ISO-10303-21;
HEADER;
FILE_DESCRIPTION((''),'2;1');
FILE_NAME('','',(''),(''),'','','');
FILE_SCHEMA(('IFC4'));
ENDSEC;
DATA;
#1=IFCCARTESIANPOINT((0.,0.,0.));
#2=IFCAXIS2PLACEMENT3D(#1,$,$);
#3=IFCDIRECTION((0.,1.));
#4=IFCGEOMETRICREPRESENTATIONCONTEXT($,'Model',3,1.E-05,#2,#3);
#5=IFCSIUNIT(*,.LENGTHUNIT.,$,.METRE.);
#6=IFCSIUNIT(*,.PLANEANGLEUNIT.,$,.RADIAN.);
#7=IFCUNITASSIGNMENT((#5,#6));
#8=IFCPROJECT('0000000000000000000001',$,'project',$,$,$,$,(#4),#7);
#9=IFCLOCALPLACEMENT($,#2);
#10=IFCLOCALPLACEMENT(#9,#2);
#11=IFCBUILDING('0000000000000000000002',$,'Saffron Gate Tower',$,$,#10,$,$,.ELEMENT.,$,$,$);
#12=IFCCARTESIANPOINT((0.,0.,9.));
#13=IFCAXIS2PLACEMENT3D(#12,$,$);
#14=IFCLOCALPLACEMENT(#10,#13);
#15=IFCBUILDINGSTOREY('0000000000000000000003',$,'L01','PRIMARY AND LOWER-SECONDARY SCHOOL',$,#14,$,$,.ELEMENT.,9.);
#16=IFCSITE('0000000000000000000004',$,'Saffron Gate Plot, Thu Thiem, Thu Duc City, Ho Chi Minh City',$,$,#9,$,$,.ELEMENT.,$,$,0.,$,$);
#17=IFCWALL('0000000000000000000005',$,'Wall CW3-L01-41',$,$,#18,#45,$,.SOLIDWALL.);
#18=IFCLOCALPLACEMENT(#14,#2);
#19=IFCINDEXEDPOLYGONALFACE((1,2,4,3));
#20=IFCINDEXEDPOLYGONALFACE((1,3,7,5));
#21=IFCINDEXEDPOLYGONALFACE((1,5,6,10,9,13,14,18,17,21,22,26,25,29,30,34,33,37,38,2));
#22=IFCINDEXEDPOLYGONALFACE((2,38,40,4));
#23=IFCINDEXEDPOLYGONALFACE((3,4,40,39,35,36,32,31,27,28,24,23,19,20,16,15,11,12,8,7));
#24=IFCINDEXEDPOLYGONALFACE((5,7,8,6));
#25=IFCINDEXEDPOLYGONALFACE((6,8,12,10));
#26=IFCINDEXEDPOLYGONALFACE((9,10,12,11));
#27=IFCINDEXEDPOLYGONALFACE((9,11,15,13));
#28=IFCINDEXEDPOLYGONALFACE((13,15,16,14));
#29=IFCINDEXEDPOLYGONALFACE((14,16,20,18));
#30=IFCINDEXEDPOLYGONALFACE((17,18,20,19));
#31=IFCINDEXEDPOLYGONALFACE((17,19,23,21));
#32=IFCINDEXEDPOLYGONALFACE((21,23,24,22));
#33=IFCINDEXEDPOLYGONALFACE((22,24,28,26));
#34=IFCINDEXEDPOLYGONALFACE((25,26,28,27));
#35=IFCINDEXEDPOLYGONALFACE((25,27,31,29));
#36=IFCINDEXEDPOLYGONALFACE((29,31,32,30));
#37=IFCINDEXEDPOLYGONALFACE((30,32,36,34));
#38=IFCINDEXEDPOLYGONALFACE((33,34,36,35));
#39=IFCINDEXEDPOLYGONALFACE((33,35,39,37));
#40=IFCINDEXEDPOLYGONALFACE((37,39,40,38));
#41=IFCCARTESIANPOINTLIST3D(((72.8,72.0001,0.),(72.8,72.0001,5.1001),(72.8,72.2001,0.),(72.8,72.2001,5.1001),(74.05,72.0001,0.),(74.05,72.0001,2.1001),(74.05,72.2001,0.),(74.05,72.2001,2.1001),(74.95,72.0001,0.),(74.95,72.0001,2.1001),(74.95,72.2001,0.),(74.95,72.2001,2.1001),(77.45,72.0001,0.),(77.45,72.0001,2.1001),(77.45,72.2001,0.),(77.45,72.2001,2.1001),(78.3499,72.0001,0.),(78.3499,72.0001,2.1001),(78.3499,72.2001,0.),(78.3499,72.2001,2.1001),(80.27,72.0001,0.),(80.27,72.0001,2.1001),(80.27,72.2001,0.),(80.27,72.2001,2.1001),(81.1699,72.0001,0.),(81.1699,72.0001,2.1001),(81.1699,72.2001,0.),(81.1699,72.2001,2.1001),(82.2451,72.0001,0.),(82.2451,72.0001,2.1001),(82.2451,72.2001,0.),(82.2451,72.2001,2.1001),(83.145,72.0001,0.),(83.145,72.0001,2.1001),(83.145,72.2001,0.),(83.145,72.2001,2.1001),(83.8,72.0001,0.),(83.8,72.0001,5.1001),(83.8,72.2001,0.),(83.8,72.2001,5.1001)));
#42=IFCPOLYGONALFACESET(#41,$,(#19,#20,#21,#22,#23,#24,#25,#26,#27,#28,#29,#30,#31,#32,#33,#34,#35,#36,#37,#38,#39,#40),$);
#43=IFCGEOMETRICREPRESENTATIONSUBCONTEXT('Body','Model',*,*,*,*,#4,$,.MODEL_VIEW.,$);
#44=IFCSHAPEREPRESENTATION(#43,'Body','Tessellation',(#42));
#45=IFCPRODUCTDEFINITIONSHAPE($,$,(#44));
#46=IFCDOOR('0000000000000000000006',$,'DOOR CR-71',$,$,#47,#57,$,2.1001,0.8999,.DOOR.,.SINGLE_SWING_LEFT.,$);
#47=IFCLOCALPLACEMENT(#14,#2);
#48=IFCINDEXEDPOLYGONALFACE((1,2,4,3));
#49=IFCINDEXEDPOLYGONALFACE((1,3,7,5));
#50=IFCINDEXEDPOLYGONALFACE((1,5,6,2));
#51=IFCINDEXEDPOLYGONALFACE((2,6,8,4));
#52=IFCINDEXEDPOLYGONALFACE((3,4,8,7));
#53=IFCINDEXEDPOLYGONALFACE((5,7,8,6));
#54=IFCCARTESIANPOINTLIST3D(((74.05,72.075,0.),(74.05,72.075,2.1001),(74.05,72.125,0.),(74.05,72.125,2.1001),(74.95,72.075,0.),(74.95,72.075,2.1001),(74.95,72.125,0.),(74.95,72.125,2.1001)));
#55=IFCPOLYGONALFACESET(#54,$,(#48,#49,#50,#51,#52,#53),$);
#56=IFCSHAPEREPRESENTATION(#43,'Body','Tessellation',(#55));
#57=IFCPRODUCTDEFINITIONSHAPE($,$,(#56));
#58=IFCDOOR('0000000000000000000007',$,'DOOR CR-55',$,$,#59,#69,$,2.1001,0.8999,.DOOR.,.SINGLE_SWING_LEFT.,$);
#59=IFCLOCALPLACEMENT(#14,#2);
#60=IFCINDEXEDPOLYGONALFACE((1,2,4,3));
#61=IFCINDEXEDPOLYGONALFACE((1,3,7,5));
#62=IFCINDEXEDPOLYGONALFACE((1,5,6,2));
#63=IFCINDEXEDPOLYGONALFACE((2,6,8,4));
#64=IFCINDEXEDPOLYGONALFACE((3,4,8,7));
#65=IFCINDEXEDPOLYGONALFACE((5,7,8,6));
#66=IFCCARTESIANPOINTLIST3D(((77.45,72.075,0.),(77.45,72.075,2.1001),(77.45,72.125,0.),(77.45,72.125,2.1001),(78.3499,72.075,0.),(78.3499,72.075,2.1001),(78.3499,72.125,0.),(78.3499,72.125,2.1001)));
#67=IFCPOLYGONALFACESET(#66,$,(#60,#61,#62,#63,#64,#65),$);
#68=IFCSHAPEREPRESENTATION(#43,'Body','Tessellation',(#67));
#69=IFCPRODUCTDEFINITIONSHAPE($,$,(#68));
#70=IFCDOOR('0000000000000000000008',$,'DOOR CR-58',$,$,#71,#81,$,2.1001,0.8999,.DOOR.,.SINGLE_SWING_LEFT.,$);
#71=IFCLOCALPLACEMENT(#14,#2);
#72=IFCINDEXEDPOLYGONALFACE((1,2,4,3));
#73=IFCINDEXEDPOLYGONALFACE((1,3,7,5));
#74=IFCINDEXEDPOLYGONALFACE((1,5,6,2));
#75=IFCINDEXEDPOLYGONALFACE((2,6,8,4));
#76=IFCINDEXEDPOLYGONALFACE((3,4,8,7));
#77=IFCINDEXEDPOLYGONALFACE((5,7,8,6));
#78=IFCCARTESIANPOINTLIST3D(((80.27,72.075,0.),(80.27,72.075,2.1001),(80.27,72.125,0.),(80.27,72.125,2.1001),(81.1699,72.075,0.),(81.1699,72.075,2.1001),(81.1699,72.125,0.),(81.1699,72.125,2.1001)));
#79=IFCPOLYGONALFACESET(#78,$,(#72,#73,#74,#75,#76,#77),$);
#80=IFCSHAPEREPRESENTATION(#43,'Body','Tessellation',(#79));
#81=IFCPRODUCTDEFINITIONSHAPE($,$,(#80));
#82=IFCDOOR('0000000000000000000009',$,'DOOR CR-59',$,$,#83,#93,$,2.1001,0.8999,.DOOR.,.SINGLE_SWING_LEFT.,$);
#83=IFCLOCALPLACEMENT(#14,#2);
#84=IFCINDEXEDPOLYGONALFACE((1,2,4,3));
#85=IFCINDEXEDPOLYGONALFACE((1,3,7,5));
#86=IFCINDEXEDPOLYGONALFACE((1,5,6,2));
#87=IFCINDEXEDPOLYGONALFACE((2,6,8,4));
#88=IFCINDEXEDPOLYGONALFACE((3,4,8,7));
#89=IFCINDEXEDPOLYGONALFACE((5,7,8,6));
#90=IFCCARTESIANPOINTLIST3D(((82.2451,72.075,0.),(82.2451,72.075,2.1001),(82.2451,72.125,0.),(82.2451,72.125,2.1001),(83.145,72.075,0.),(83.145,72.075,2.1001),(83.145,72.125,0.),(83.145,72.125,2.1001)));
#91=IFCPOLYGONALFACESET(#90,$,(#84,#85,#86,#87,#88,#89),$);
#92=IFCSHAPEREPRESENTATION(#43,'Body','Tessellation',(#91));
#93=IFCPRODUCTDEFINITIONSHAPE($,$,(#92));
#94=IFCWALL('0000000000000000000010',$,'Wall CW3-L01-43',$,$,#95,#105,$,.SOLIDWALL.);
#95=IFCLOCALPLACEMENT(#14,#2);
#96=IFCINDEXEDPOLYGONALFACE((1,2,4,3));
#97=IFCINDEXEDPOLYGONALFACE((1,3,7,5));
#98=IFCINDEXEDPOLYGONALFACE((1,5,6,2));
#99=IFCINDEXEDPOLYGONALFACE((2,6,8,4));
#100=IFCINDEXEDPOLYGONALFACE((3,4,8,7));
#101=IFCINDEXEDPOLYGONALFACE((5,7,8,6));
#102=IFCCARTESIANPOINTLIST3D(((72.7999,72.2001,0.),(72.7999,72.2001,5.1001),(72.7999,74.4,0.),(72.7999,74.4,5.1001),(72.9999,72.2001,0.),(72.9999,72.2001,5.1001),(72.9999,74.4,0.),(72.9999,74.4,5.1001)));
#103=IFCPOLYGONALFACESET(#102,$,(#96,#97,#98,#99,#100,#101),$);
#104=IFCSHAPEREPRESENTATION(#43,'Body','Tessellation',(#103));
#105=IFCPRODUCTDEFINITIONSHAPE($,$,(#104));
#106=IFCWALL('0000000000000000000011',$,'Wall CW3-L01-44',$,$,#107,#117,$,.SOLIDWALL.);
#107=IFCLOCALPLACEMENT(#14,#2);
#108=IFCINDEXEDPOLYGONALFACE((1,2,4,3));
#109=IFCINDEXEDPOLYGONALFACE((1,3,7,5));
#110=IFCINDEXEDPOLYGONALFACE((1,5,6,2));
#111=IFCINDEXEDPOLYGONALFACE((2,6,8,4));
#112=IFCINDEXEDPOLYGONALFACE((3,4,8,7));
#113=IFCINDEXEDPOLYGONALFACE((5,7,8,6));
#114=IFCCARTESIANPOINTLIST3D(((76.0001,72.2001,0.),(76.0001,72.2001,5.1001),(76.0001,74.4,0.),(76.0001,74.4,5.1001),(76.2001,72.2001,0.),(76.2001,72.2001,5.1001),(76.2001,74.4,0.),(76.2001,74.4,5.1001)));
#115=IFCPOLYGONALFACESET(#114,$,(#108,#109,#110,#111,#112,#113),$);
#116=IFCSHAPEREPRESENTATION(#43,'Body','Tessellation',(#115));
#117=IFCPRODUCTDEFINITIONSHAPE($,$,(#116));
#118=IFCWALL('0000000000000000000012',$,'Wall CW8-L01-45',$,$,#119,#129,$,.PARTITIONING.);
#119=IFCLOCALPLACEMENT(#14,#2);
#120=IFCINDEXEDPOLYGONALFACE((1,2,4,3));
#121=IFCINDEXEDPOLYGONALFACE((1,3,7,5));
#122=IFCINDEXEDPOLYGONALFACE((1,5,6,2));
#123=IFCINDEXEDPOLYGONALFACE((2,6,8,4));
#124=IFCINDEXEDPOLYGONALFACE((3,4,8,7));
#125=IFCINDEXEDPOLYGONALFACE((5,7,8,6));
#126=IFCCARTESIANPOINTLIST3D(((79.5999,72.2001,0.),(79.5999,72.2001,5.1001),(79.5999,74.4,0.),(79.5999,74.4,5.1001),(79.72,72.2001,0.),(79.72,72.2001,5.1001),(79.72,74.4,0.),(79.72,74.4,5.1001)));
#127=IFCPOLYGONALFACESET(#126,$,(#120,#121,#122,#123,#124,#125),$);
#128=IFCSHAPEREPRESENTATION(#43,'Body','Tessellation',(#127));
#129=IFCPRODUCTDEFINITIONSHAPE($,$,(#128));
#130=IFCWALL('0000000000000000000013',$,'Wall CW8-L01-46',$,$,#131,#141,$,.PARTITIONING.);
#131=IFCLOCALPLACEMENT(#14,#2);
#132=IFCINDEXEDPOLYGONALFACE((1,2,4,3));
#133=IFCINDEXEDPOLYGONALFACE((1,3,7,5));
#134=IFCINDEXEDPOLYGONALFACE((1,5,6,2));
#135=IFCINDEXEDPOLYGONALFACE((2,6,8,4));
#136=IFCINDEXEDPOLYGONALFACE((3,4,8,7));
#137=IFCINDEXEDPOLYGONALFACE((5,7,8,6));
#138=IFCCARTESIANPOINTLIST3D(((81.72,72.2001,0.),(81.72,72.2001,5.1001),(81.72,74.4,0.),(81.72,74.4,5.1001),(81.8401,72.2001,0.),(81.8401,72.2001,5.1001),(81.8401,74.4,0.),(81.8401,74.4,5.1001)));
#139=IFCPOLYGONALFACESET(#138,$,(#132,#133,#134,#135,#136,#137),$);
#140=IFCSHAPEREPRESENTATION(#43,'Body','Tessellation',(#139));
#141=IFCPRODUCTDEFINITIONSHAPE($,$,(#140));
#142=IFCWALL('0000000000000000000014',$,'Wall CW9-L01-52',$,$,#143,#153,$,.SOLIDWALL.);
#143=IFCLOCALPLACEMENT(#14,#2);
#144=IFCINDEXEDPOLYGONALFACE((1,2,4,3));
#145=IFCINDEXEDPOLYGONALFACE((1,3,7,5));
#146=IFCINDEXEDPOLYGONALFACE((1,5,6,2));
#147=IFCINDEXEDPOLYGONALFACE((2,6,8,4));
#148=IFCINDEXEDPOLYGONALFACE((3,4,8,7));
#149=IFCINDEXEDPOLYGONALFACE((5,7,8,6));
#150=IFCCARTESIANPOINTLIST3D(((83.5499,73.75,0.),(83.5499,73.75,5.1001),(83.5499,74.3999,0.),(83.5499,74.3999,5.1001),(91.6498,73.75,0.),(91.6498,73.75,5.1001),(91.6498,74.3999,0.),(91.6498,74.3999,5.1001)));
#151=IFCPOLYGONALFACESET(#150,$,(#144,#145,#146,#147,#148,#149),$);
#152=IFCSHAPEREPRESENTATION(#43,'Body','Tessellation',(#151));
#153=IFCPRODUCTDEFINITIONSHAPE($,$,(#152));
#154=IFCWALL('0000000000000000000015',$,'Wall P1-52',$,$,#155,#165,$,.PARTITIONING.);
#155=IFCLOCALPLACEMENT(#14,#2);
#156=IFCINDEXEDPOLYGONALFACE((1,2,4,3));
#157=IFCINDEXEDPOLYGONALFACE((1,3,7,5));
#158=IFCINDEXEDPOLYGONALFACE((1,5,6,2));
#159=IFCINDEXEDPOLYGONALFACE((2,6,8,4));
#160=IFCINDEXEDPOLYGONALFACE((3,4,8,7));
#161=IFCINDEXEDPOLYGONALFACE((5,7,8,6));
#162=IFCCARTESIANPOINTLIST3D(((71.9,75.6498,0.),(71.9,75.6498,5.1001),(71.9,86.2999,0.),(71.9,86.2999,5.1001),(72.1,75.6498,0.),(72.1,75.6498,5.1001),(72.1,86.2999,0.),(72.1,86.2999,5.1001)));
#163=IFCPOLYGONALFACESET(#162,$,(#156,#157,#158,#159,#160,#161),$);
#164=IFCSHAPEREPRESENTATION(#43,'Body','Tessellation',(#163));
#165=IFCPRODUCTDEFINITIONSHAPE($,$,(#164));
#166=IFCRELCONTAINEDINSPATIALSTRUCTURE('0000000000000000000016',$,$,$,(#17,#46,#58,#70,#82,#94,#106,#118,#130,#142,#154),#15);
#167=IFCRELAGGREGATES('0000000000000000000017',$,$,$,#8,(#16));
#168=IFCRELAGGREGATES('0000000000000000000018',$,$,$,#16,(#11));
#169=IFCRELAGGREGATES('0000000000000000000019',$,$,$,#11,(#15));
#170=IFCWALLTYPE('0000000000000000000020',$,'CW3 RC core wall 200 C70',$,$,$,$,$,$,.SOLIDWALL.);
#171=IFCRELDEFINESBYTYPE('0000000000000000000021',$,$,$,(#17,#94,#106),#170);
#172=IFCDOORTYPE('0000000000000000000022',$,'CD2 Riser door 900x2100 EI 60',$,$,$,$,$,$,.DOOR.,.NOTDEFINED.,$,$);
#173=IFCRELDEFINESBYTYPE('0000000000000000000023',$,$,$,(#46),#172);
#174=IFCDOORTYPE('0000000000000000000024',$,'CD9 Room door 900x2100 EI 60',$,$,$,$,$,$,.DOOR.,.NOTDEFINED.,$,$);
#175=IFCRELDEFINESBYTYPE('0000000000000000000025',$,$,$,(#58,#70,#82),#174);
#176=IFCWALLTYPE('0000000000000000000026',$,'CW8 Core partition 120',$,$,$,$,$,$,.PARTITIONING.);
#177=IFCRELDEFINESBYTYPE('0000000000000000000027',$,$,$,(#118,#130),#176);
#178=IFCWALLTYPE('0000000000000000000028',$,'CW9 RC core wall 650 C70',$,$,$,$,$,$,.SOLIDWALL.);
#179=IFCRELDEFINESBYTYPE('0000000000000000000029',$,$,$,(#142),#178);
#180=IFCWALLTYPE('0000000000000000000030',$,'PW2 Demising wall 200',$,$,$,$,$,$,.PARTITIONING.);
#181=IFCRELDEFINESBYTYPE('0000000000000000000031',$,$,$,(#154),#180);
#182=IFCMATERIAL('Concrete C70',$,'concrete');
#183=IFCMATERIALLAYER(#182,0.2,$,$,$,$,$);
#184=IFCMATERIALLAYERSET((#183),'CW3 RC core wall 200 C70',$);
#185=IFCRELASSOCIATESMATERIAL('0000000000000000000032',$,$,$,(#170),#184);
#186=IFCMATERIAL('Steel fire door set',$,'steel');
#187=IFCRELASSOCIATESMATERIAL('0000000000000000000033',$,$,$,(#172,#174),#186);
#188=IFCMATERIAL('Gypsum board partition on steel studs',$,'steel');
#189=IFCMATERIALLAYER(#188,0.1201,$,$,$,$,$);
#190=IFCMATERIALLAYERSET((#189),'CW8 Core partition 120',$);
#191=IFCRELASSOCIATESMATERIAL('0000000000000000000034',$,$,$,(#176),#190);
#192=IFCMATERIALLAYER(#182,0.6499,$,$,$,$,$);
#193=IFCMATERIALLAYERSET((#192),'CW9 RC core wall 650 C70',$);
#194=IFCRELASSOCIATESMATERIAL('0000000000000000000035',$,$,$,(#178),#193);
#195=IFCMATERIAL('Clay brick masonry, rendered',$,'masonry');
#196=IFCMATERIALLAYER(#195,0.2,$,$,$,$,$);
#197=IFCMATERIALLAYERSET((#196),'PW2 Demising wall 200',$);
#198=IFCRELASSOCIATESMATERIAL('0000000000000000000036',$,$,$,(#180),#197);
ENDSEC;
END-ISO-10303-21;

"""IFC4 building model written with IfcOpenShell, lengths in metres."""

from ifc_helpers import new_model, si_unit, direction, frame, frame_2d, origin, place, context, subcontext, project, spatial, rectangle, extrude, material, layer, layer_set, type_object, element, fill, save


model = new_model("IFC4")

# Units and contexts
model_context = context("Model", 3, precision=1e-05, world=origin(), true_north=direction((0.0, 1.0)))
body_context = subcontext(model_context, "Body", "Model", "MODEL_VIEW")
ifc_project = project(units=[si_unit("LENGTHUNIT", "METRE"), si_unit("PLANEANGLEUNIT", "RADIAN")], contexts=[model_context])

# Site, building, storey
site_placement = place(None, origin())
site = spatial("IfcSite", under=ifc_project, at=site_placement, Name="Saffron Gate Plot, Thu Thiem, Thu Duc City, Ho Chi Minh City", CompositionType="ELEMENT", RefElevation=0.0)
building_placement = place(site_placement, origin())
building = spatial("IfcBuilding", under=site, at=building_placement, Name="Saffron Gate Tower", CompositionType="ELEMENT")
storey_placement = place(building_placement, frame((0.0, 0.0, 9.0)))
storey = spatial("IfcBuildingStorey", under=building, at=storey_placement, Name="L01", Description="PRIMARY AND LOWER-SECONDARY SCHOOL", CompositionType="ELEMENT", Elevation=9.0)

# Shared definitions
ifc_material_1 = material(Name="Concrete C70", Category="concrete")
ifc_layer_1 = layer(ifc_material_1, 0.2)
ifc_layer_set_1 = layer_set([ifc_layer_1], Name="CW3 RC core wall 200 C70")
wall_type_1 = type_object("IfcWallType", Name="CW3 RC core wall 200 C70", PredefinedType="SOLIDWALL", material=ifc_layer_set_1)

# Wall, openings, doors
wall_1_placement = place(storey_placement, frame((72.8, 72.1001, 0.0), z_axis=(0.0, 0.0, 1.0), x_axis=(1.0, 0.0, 0.0)))
wall_1 = element("IfcWall", 1, at=wall_1_placement, inside=storey, type_object=wall_type_1, Name="Wall CW3-L01-41", PredefinedType="SOLIDWALL", context=body_context, shape_type="SweptSolid", body=[
    extrude(rectangle(XDim=11.0, YDim=0.2, at=frame_2d((5.5, 0.0))), origin(), (0.0, 0.0, 1.0), 5.1001),
])
opening_1_placement = place(wall_1_placement, frame((1.25, 0.0, 0.0)))
opening_1 = element("IfcOpeningElement", 2, at=opening_1_placement, cuts=wall_1, PredefinedType="OPENING", context=body_context, shape_type="SweptSolid", body=[
    extrude(rectangle(XDim=0.8999, YDim=2.1001, at=frame_2d((0.45, 1.05))), frame((0.0, 0.1099, 0.0), z_axis=(0.0, -1.0, 0.0), x_axis=(1.0, 0.0, 0.0)), (0.0, 0.0, 1.0), 0.22),
])
opening_2_placement = place(wall_1_placement, frame((4.6499, 0.0, 0.0)))
opening_2 = element("IfcOpeningElement", 3, at=opening_2_placement, cuts=wall_1, PredefinedType="OPENING", context=body_context, shape_type="SweptSolid", body=[
    extrude(rectangle(XDim=0.8999, YDim=2.1001, at=frame_2d((0.45, 1.05))), frame((0.0, 0.1099, 0.0), z_axis=(0.0, -1.0, 0.0), x_axis=(1.0, 0.0, 0.0)), (0.0, 0.0, 1.0), 0.22),
])
opening_3_placement = place(wall_1_placement, frame((7.47, 0.0, 0.0)))
opening_3 = element("IfcOpeningElement", 4, at=opening_3_placement, cuts=wall_1, PredefinedType="OPENING", context=body_context, shape_type="SweptSolid", body=[
    extrude(rectangle(XDim=0.8999, YDim=2.1001, at=frame_2d((0.45, 1.05))), frame((0.0, 0.1099, 0.0), z_axis=(0.0, -1.0, 0.0), x_axis=(1.0, 0.0, 0.0)), (0.0, 0.0, 1.0), 0.22),
])
opening_4_placement = place(wall_1_placement, frame((9.4451, 0.0, 0.0)))
opening_4 = element("IfcOpeningElement", 5, at=opening_4_placement, cuts=wall_1, PredefinedType="OPENING", context=body_context, shape_type="SweptSolid", body=[
    extrude(rectangle(XDim=0.8999, YDim=2.1001, at=frame_2d((0.45, 1.05))), frame((0.0, 0.1099, 0.0), z_axis=(0.0, -1.0, 0.0), x_axis=(1.0, 0.0, 0.0)), (0.0, 0.0, 1.0), 0.22),
])
ifc_material_2 = material(Name="Steel fire door set", Category="steel")
door_type_1 = type_object("IfcDoorType", Name="CD2 Riser door 900x2100 EI 60", OperationType="NOTDEFINED", PredefinedType="DOOR", material=ifc_material_2)
door_1_placement = place(opening_1_placement, origin())
door_1 = element("IfcDoor", 6, at=door_1_placement, inside=storey, type_object=door_type_1, Name="DOOR CR-71", OperationType="SINGLE_SWING_LEFT", OverallHeight=2.1001, OverallWidth=0.8999, PredefinedType="DOOR", context=body_context, shape_type="SweptSolid", body=[
    extrude(rectangle(XDim=0.8999, YDim=2.1001, at=frame_2d((0.45, 1.05))), frame((0.0, 0.0249, 0.0), z_axis=(0.0, -1.0, 0.0), x_axis=(1.0, 0.0, 0.0)), (0.0, 0.0, 1.0), 0.05),
])
fill(opening_1, door_1)
door_type_2 = type_object("IfcDoorType", Name="CD9 Room door 900x2100 EI 60", OperationType="NOTDEFINED", PredefinedType="DOOR", material=ifc_material_2)
door_2_placement = place(opening_2_placement, origin())
door_2 = element("IfcDoor", 7, at=door_2_placement, inside=storey, type_object=door_type_2, Name="DOOR CR-55", OperationType="SINGLE_SWING_LEFT", OverallHeight=2.1001, OverallWidth=0.8999, PredefinedType="DOOR", context=body_context, shape_type="SweptSolid", body=[
    extrude(rectangle(XDim=0.8999, YDim=2.1001, at=frame_2d((0.45, 1.05))), frame((0.0, 0.0249, 0.0), z_axis=(0.0, -1.0, 0.0), x_axis=(1.0, 0.0, 0.0)), (0.0, 0.0, 1.0), 0.05),
])
fill(opening_2, door_2)
door_3_placement = place(opening_3_placement, origin())
door_3 = element("IfcDoor", 8, at=door_3_placement, inside=storey, type_object=door_type_2, Name="DOOR CR-58", OperationType="SINGLE_SWING_LEFT", OverallHeight=2.1001, OverallWidth=0.8999, PredefinedType="DOOR", context=body_context, shape_type="SweptSolid", body=[
    extrude(rectangle(XDim=0.8999, YDim=2.1001, at=frame_2d((0.45, 1.05))), frame((0.0, 0.0249, 0.0), z_axis=(0.0, -1.0, 0.0), x_axis=(1.0, 0.0, 0.0)), (0.0, 0.0, 1.0), 0.05),
])
fill(opening_3, door_3)
door_4_placement = place(opening_4_placement, origin())
door_4 = element("IfcDoor", 9, at=door_4_placement, inside=storey, type_object=door_type_2, Name="DOOR CR-59", OperationType="SINGLE_SWING_LEFT", OverallHeight=2.1001, OverallWidth=0.8999, PredefinedType="DOOR", context=body_context, shape_type="SweptSolid", body=[
    extrude(rectangle(XDim=0.8999, YDim=2.1001, at=frame_2d((0.45, 1.05))), frame((0.0, 0.0249, 0.0), z_axis=(0.0, -1.0, 0.0), x_axis=(1.0, 0.0, 0.0)), (0.0, 0.0, 1.0), 0.05),
])
fill(opening_4, door_4)

# Walls
for number, where, z_axis, x_axis, name in (
    (10, (72.8999, 72.2, 0.0), (0.0, 0.0, 1.0), (0.0, 1.0, 0.0), "Wall CW3-L01-43"),
    (11, (76.1001, 72.2, 0.0), (0.0, 0.0, 1.0), (0.0, 1.0, 0.0), "Wall CW3-L01-44"),
):
    element("IfcWall", number, at=place(storey_placement, frame(where, z_axis=z_axis, x_axis=x_axis)), inside=storey, type_object=wall_type_1, Name=name, PredefinedType="SOLIDWALL", context=body_context, shape_type="SweptSolid", body=[
        extrude(rectangle(XDim=2.2, YDim=0.2, at=frame_2d((1.1001, 0.0))), origin(), (0.0, 0.0, 1.0), 5.1001),
    ])
ifc_material_3 = material(Name="Gypsum board partition on steel studs", Category="steel")
ifc_layer_2 = layer(ifc_material_3, 0.1201)
ifc_layer_set_2 = layer_set([ifc_layer_2], Name="CW8 Core partition 120")
wall_type_2 = type_object("IfcWallType", Name="CW8 Core partition 120", PredefinedType="PARTITIONING", material=ifc_layer_set_2)
for number, where, z_axis, x_axis, name in (
    (12, (79.6599, 72.2, 0.0), (0.0, 0.0, 1.0), (0.0, 1.0, 0.0), "Wall CW8-L01-45"),
    (13, (81.78, 72.2, 0.0), (0.0, 0.0, 1.0), (0.0, 1.0, 0.0), "Wall CW8-L01-46"),
):
    element("IfcWall", number, at=place(storey_placement, frame(where, z_axis=z_axis, x_axis=x_axis)), inside=storey, type_object=wall_type_2, Name=name, PredefinedType="PARTITIONING", context=body_context, shape_type="SweptSolid", body=[
        extrude(rectangle(XDim=2.2, YDim=0.1201, at=frame_2d((1.1001, 0.0))), origin(), (0.0, 0.0, 1.0), 5.1001),
    ])
ifc_layer_3 = layer(ifc_material_1, 0.6499)
ifc_layer_set_3 = layer_set([ifc_layer_3], Name="CW9 RC core wall 650 C70")
wall_type_3 = type_object("IfcWallType", Name="CW9 RC core wall 650 C70", PredefinedType="SOLIDWALL", material=ifc_layer_set_3)
wall_2_placement = place(storey_placement, frame((83.55, 74.075, 0.0), z_axis=(0.0, 0.0, 1.0), x_axis=(1.0, 0.0, 0.0)))
element("IfcWall", 14, at=wall_2_placement, inside=storey, type_object=wall_type_3, Name="Wall CW9-L01-52", PredefinedType="SOLIDWALL", context=body_context, shape_type="SweptSolid", body=[
    extrude(rectangle(XDim=8.0999, YDim=0.6499, at=frame_2d((4.0498, 0.0))), origin(), (0.0, 0.0, 1.0), 5.1001),
])
ifc_material_4 = material(Name="Clay brick masonry, rendered", Category="masonry")
ifc_layer_4 = layer(ifc_material_4, 0.2)
ifc_layer_set_4 = layer_set([ifc_layer_4], Name="PW2 Demising wall 200")
wall_type_4 = type_object("IfcWallType", Name="PW2 Demising wall 200", PredefinedType="PARTITIONING", material=ifc_layer_set_4)
wall_3_placement = place(storey_placement, frame((72.0, 86.3, 0.0), z_axis=(0.0, 0.0, 1.0), x_axis=(0.0, -1.0, 0.0)))
element("IfcWall", 15, at=wall_3_placement, inside=storey, type_object=wall_type_4, Name="Wall P1-52", PredefinedType="PARTITIONING", context=body_context, shape_type="SweptSolid", body=[
    extrude(rectangle(XDim=10.6501, YDim=0.2, at=frame_2d((5.3252, 0.0))), origin(), (0.0, 0.0, 1.0), 5.1001),
])

save(model, "model.ifc")
